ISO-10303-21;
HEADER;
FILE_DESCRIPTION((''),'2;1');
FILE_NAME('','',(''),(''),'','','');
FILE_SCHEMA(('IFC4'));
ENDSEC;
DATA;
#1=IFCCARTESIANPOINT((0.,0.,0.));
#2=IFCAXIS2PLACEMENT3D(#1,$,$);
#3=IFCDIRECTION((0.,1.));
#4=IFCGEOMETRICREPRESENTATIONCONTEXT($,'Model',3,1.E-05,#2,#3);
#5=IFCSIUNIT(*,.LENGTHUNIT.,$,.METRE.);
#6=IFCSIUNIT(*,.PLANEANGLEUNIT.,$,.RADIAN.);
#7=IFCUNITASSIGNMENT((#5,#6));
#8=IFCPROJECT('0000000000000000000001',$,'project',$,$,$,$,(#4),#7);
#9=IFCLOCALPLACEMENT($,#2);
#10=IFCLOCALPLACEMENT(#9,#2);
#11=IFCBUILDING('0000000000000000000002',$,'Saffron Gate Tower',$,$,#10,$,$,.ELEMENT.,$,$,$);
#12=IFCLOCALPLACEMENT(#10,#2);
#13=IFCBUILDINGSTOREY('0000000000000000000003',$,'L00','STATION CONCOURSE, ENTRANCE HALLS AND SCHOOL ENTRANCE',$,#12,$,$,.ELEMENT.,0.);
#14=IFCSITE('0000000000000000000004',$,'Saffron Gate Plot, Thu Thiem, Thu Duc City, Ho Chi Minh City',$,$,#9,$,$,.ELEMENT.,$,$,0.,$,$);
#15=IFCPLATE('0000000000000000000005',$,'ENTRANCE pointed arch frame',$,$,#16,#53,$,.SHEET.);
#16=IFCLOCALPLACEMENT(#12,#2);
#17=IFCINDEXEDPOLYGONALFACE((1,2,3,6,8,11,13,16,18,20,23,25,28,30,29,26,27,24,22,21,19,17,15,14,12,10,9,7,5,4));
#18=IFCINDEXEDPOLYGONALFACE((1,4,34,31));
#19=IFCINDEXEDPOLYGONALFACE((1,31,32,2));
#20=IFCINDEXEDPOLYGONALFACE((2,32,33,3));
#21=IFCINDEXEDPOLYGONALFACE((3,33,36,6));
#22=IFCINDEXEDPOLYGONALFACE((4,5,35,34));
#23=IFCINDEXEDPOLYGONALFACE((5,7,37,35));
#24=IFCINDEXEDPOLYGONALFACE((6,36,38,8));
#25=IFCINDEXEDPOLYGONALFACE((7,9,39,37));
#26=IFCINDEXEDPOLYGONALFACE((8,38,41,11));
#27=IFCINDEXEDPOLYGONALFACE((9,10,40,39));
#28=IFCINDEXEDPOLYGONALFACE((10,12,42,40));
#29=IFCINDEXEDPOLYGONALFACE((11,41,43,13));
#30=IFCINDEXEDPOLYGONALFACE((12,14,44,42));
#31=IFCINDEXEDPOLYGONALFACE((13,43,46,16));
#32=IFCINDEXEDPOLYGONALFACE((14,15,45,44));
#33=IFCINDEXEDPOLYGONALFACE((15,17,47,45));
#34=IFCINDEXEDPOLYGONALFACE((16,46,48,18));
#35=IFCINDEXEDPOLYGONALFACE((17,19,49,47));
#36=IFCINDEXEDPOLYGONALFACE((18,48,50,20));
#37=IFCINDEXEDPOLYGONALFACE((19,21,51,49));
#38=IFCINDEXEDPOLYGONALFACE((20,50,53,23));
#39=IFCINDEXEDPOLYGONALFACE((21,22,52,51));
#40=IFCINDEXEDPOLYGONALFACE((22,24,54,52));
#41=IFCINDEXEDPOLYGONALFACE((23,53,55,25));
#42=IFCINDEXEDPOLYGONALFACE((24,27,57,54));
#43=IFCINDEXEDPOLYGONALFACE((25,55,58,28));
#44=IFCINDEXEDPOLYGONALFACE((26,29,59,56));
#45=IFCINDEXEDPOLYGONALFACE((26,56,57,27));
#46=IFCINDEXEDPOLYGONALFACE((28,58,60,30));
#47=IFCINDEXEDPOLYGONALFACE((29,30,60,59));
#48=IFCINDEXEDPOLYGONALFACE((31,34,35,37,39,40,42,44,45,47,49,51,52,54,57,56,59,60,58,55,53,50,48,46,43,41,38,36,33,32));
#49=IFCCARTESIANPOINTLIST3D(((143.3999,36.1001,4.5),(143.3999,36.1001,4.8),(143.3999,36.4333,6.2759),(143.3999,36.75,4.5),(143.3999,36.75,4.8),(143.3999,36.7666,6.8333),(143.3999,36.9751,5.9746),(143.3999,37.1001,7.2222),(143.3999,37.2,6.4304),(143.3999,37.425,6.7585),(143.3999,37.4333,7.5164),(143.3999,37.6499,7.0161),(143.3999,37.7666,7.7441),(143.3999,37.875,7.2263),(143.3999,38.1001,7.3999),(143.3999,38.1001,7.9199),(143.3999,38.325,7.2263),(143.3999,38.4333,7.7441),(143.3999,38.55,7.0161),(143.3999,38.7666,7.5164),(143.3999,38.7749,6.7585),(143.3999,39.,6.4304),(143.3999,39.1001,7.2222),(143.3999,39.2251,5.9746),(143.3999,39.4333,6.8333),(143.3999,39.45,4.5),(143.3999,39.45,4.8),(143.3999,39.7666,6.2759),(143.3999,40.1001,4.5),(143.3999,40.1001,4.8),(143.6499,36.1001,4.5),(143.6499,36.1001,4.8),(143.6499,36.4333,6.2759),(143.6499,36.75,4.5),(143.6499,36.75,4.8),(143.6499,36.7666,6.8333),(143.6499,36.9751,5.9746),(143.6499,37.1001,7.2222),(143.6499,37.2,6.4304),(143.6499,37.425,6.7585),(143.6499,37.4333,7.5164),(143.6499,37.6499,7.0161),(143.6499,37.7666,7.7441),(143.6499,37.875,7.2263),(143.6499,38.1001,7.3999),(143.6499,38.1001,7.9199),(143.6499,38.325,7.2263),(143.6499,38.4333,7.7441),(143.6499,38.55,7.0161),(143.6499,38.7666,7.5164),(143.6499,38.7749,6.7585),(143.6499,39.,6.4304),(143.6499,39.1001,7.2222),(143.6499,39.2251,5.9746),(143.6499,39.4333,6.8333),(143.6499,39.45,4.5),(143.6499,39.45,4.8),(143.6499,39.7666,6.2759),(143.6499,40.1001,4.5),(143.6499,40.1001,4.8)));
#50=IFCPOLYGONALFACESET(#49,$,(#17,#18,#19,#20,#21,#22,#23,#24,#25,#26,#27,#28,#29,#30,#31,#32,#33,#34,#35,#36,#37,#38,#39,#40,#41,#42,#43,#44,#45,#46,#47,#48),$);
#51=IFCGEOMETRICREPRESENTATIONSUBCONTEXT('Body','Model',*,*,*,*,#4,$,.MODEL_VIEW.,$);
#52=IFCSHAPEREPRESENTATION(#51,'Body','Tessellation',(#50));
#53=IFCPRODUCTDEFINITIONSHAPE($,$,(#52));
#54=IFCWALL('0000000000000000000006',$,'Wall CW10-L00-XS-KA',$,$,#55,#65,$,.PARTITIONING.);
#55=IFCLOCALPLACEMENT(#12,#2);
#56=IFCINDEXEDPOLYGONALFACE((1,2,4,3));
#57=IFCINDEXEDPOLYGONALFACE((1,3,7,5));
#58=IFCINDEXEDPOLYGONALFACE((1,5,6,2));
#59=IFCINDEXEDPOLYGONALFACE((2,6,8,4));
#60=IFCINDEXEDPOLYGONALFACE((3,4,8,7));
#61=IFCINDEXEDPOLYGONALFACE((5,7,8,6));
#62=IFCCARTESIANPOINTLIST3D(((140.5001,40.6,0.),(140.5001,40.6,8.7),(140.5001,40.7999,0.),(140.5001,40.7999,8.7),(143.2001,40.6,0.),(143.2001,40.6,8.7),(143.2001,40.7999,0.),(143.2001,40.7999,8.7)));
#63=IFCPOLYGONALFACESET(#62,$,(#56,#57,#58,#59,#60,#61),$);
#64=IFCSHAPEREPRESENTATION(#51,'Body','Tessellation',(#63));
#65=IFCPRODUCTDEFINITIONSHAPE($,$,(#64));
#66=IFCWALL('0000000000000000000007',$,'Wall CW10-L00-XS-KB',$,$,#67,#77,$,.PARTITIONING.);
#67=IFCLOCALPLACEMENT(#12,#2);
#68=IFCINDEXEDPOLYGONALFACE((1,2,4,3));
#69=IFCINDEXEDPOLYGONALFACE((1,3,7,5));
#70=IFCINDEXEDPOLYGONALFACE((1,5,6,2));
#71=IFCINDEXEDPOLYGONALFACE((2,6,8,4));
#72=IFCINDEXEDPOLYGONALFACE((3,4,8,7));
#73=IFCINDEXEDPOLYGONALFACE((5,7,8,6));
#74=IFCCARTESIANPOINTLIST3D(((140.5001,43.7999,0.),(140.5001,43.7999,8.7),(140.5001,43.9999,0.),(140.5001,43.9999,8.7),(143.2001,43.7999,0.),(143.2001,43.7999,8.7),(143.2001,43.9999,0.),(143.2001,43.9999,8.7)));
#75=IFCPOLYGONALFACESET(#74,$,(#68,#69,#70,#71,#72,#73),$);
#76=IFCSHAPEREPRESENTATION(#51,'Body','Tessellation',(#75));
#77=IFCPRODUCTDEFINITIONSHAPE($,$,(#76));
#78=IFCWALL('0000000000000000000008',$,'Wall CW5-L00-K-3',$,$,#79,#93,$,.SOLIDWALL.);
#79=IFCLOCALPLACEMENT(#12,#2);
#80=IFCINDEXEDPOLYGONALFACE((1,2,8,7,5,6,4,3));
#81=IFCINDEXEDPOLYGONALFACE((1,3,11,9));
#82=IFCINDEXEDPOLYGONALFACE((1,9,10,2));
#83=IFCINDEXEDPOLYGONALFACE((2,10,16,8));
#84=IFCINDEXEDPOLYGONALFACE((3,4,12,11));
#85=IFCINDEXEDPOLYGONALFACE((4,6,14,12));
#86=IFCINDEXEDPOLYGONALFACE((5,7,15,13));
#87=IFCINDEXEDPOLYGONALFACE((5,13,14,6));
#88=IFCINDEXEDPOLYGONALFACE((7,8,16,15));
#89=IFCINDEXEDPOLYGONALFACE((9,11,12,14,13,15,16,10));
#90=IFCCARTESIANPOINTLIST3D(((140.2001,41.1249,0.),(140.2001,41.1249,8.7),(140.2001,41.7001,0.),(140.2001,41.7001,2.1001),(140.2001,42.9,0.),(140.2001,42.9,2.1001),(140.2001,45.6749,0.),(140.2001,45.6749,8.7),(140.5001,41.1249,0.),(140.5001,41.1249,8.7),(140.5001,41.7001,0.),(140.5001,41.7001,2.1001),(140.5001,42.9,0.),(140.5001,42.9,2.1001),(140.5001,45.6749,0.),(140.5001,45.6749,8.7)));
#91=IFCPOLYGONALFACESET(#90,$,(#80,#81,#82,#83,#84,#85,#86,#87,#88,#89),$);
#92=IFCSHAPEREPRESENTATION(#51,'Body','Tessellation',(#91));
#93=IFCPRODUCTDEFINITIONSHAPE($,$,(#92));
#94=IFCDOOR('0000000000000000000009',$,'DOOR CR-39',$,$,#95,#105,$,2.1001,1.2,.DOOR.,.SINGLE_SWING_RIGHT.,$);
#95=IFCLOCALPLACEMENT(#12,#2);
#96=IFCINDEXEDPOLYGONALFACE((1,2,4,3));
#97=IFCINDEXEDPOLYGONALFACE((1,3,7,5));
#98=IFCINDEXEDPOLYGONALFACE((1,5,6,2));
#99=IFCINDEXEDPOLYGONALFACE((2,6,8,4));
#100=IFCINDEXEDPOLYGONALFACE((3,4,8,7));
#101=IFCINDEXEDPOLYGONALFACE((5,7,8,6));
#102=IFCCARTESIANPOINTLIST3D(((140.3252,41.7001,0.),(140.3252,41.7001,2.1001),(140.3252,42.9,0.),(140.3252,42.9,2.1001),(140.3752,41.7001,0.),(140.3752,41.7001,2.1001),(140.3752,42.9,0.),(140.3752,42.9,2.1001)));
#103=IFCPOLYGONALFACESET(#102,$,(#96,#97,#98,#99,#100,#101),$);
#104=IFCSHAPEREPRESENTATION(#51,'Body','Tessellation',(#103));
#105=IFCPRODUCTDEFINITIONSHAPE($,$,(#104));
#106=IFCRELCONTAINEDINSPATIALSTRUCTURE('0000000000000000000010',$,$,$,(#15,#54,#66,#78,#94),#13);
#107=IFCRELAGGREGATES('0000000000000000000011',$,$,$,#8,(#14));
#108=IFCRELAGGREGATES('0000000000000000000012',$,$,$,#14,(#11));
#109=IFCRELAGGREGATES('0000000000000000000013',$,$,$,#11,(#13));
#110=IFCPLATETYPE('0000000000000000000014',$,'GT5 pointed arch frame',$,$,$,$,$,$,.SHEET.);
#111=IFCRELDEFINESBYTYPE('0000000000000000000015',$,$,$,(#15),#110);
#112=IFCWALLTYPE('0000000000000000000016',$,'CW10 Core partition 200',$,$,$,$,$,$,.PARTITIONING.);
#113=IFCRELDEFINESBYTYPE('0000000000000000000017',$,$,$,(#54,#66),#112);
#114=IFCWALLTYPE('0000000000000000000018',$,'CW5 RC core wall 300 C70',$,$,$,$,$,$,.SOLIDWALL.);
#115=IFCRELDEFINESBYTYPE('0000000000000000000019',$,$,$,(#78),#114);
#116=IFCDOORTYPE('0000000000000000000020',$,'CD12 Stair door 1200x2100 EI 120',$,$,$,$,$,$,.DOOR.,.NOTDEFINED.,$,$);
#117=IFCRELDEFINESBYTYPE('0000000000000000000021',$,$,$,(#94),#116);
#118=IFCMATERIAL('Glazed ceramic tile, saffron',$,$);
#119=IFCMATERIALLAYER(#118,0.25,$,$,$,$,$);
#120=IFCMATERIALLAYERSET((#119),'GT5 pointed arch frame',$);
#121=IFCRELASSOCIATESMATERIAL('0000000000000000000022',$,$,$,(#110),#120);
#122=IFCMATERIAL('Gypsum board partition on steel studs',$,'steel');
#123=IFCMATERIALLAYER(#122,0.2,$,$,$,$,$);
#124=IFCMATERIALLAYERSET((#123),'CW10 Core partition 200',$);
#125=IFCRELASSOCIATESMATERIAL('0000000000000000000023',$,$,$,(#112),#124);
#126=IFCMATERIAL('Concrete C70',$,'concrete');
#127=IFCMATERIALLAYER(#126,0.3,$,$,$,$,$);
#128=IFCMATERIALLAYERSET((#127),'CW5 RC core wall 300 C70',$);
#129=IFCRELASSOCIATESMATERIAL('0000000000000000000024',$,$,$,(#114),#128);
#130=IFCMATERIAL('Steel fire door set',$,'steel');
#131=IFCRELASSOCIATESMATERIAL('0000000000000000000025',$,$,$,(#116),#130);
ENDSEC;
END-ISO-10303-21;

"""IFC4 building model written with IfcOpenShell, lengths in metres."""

from ifc_helpers import new_model, si_unit, direction, frame, frame_2d, origin, place, context, subcontext, project, spatial, polyline, rectangle, outline, extrude, material, layer, layer_set, type_object, element, fill, save


model = new_model("IFC4")

# Units and contexts
model_context = context("Model", 3, precision=1e-05, world=origin(), true_north=direction((0.0, 1.0)))
body_context = subcontext(model_context, "Body", "Model", "MODEL_VIEW")
ifc_project = project(units=[si_unit("LENGTHUNIT", "METRE"), si_unit("PLANEANGLEUNIT", "RADIAN")], contexts=[model_context])

# Site, building, storey
site_placement = place(None, origin())
site = spatial("IfcSite", under=ifc_project, at=site_placement, Name="Saffron Gate Plot, Thu Thiem, Thu Duc City, Ho Chi Minh City", CompositionType="ELEMENT", RefElevation=0.0)
building_placement = place(site_placement, origin())
building = spatial("IfcBuilding", under=site, at=building_placement, Name="Saffron Gate Tower", CompositionType="ELEMENT")
storey_placement = place(building_placement, origin())
storey = spatial("IfcBuildingStorey", under=building, at=storey_placement, Name="L00", Description="STATION CONCOURSE, ENTRANCE HALLS AND SCHOOL ENTRANCE", CompositionType="ELEMENT", Elevation=0.0)

# Plate
ifc_material_1 = material(Name="Glazed ceramic tile, saffron")
ifc_layer_1 = layer(ifc_material_1, 0.25)
ifc_layer_set_1 = layer_set([ifc_layer_1], Name="GT5 pointed arch frame")
plate_type_1 = type_object("IfcPlateType", Name="GT5 pointed arch frame", PredefinedType="SHEET", material=ifc_layer_set_1)
plate_1_placement = place(storey_placement, frame((143.6499, 36.75, 4.5), z_axis=(1.0, 0.0, 0.0), x_axis=(0.0, 0.0, 1.0)))
element("IfcPlate", 1, at=plate_1_placement, inside=storey, type_object=plate_type_1, Name="ENTRANCE pointed arch frame", PredefinedType="SHEET", context=body_context, shape_type="SweptSolid", body=[
    extrude(outline(polyline([(0.0, 0.0), (0.3, 0.0), (1.4746, -0.2251), (1.9304, -0.45), (2.2585, -0.675), (2.5161, -0.8999), (2.7263, -1.125), (2.8999, -1.3501), (2.7263, -1.575), (2.5161, -1.8), (2.2585, -2.0249), (1.9304, -2.25), (1.4746, -2.4751), (0.3, -2.7), (0.0, -2.7), (0.0, -3.3501), (0.3, -3.3501), (1.7759, -3.0166), (2.3333, -2.6833), (2.7222, -2.3501), (3.0164, -2.0166), (3.2441, -1.6833), (3.4199, -1.3501), (3.2441, -1.0166), (3.0164, -0.6833), (2.7222, -0.3501), (2.3333, -0.0166), (1.7759, 0.3167), (0.3, 0.6499), (0.0, 0.6499), (0.0, 0.0)])), origin(), (0.0, 0.0, -1.0), 0.25),
])

# Walls
ifc_material_2 = material(Name="Gypsum board partition on steel studs", Category="steel")
ifc_layer_2 = layer(ifc_material_2, 0.2)
ifc_layer_set_2 = layer_set([ifc_layer_2], Name="CW10 Core partition 200")
wall_type_1 = type_object("IfcWallType", Name="CW10 Core partition 200", PredefinedType="PARTITIONING", material=ifc_layer_set_2)
for number, where, z_axis, x_axis, name in (
    (2, (140.5, 40.7, 0.0), (0.0, 0.0, 1.0), (1.0, 0.0, 0.0), "Wall CW10-L00-XS-KA"),
    (3, (140.5, 43.8999, 0.0), (0.0, 0.0, 1.0), (1.0, 0.0, 0.0), "Wall CW10-L00-XS-KB"),
):
    element("IfcWall", number, at=place(storey_placement, frame(where, z_axis=z_axis, x_axis=x_axis)), inside=storey, type_object=wall_type_1, Name=name, PredefinedType="PARTITIONING", context=body_context, shape_type="SweptSolid", body=[
        extrude(rectangle(XDim=2.7, YDim=0.2, at=frame_2d((1.3501, 0.0))), origin(), (0.0, 0.0, 1.0), 8.7),
    ])

# Wall, opening, door
ifc_material_3 = material(Name="Concrete C70", Category="concrete")
ifc_layer_3 = layer(ifc_material_3, 0.3)
ifc_layer_set_3 = layer_set([ifc_layer_3], Name="CW5 RC core wall 300 C70")
wall_type_2 = type_object("IfcWallType", Name="CW5 RC core wall 300 C70", PredefinedType="SOLIDWALL", material=ifc_layer_set_3)
wall_1_placement = place(storey_placement, frame((140.3501, 41.125, 0.0), z_axis=(0.0, 0.0, 1.0), x_axis=(0.0, 1.0, 0.0)))
wall_1 = element("IfcWall", 4, at=wall_1_placement, inside=storey, type_object=wall_type_2, Name="Wall CW5-L00-K-3", PredefinedType="SOLIDWALL", context=body_context, shape_type="SweptSolid", body=[
    extrude(rectangle(XDim=4.55, YDim=0.3, at=frame_2d((2.2749, 0.0))), origin(), (0.0, 0.0, 1.0), 8.7),
])
opening_1_placement = place(wall_1_placement, frame((0.575, 0.0, 0.0)))
opening_1 = element("IfcOpeningElement", 5, at=opening_1_placement, cuts=wall_1, PredefinedType="OPENING", context=body_context, shape_type="SweptSolid", body=[
    extrude(rectangle(XDim=1.2, YDim=2.1001, at=frame_2d((0.6001, 1.05))), frame((0.0, 0.1602, 0.0), z_axis=(0.0, -1.0, 0.0), x_axis=(1.0, 0.0, 0.0)), (0.0, 0.0, 1.0), 0.3201),
])
ifc_material_4 = material(Name="Steel fire door set", Category="steel")
door_type_1 = type_object("IfcDoorType", Name="CD12 Stair door 1200x2100 EI 120", OperationType="NOTDEFINED", PredefinedType="DOOR", material=ifc_material_4)
door_1_placement = place(opening_1_placement, origin())
door_1 = element("IfcDoor", 6, at=door_1_placement, inside=storey, type_object=door_type_1, Name="DOOR CR-39", OperationType="SINGLE_SWING_RIGHT", OverallHeight=2.1001, OverallWidth=1.2, PredefinedType="DOOR", context=body_context, shape_type="SweptSolid", body=[
    extrude(rectangle(XDim=1.2, YDim=2.1001, at=frame_2d((0.6001, 1.05))), frame((0.0, 0.0249, 0.0), z_axis=(0.0, -1.0, 0.0), x_axis=(1.0, 0.0, 0.0)), (0.0, 0.0, 1.0), 0.05),
])
fill(opening_1, door_1)

save(model, "model.ifc")
